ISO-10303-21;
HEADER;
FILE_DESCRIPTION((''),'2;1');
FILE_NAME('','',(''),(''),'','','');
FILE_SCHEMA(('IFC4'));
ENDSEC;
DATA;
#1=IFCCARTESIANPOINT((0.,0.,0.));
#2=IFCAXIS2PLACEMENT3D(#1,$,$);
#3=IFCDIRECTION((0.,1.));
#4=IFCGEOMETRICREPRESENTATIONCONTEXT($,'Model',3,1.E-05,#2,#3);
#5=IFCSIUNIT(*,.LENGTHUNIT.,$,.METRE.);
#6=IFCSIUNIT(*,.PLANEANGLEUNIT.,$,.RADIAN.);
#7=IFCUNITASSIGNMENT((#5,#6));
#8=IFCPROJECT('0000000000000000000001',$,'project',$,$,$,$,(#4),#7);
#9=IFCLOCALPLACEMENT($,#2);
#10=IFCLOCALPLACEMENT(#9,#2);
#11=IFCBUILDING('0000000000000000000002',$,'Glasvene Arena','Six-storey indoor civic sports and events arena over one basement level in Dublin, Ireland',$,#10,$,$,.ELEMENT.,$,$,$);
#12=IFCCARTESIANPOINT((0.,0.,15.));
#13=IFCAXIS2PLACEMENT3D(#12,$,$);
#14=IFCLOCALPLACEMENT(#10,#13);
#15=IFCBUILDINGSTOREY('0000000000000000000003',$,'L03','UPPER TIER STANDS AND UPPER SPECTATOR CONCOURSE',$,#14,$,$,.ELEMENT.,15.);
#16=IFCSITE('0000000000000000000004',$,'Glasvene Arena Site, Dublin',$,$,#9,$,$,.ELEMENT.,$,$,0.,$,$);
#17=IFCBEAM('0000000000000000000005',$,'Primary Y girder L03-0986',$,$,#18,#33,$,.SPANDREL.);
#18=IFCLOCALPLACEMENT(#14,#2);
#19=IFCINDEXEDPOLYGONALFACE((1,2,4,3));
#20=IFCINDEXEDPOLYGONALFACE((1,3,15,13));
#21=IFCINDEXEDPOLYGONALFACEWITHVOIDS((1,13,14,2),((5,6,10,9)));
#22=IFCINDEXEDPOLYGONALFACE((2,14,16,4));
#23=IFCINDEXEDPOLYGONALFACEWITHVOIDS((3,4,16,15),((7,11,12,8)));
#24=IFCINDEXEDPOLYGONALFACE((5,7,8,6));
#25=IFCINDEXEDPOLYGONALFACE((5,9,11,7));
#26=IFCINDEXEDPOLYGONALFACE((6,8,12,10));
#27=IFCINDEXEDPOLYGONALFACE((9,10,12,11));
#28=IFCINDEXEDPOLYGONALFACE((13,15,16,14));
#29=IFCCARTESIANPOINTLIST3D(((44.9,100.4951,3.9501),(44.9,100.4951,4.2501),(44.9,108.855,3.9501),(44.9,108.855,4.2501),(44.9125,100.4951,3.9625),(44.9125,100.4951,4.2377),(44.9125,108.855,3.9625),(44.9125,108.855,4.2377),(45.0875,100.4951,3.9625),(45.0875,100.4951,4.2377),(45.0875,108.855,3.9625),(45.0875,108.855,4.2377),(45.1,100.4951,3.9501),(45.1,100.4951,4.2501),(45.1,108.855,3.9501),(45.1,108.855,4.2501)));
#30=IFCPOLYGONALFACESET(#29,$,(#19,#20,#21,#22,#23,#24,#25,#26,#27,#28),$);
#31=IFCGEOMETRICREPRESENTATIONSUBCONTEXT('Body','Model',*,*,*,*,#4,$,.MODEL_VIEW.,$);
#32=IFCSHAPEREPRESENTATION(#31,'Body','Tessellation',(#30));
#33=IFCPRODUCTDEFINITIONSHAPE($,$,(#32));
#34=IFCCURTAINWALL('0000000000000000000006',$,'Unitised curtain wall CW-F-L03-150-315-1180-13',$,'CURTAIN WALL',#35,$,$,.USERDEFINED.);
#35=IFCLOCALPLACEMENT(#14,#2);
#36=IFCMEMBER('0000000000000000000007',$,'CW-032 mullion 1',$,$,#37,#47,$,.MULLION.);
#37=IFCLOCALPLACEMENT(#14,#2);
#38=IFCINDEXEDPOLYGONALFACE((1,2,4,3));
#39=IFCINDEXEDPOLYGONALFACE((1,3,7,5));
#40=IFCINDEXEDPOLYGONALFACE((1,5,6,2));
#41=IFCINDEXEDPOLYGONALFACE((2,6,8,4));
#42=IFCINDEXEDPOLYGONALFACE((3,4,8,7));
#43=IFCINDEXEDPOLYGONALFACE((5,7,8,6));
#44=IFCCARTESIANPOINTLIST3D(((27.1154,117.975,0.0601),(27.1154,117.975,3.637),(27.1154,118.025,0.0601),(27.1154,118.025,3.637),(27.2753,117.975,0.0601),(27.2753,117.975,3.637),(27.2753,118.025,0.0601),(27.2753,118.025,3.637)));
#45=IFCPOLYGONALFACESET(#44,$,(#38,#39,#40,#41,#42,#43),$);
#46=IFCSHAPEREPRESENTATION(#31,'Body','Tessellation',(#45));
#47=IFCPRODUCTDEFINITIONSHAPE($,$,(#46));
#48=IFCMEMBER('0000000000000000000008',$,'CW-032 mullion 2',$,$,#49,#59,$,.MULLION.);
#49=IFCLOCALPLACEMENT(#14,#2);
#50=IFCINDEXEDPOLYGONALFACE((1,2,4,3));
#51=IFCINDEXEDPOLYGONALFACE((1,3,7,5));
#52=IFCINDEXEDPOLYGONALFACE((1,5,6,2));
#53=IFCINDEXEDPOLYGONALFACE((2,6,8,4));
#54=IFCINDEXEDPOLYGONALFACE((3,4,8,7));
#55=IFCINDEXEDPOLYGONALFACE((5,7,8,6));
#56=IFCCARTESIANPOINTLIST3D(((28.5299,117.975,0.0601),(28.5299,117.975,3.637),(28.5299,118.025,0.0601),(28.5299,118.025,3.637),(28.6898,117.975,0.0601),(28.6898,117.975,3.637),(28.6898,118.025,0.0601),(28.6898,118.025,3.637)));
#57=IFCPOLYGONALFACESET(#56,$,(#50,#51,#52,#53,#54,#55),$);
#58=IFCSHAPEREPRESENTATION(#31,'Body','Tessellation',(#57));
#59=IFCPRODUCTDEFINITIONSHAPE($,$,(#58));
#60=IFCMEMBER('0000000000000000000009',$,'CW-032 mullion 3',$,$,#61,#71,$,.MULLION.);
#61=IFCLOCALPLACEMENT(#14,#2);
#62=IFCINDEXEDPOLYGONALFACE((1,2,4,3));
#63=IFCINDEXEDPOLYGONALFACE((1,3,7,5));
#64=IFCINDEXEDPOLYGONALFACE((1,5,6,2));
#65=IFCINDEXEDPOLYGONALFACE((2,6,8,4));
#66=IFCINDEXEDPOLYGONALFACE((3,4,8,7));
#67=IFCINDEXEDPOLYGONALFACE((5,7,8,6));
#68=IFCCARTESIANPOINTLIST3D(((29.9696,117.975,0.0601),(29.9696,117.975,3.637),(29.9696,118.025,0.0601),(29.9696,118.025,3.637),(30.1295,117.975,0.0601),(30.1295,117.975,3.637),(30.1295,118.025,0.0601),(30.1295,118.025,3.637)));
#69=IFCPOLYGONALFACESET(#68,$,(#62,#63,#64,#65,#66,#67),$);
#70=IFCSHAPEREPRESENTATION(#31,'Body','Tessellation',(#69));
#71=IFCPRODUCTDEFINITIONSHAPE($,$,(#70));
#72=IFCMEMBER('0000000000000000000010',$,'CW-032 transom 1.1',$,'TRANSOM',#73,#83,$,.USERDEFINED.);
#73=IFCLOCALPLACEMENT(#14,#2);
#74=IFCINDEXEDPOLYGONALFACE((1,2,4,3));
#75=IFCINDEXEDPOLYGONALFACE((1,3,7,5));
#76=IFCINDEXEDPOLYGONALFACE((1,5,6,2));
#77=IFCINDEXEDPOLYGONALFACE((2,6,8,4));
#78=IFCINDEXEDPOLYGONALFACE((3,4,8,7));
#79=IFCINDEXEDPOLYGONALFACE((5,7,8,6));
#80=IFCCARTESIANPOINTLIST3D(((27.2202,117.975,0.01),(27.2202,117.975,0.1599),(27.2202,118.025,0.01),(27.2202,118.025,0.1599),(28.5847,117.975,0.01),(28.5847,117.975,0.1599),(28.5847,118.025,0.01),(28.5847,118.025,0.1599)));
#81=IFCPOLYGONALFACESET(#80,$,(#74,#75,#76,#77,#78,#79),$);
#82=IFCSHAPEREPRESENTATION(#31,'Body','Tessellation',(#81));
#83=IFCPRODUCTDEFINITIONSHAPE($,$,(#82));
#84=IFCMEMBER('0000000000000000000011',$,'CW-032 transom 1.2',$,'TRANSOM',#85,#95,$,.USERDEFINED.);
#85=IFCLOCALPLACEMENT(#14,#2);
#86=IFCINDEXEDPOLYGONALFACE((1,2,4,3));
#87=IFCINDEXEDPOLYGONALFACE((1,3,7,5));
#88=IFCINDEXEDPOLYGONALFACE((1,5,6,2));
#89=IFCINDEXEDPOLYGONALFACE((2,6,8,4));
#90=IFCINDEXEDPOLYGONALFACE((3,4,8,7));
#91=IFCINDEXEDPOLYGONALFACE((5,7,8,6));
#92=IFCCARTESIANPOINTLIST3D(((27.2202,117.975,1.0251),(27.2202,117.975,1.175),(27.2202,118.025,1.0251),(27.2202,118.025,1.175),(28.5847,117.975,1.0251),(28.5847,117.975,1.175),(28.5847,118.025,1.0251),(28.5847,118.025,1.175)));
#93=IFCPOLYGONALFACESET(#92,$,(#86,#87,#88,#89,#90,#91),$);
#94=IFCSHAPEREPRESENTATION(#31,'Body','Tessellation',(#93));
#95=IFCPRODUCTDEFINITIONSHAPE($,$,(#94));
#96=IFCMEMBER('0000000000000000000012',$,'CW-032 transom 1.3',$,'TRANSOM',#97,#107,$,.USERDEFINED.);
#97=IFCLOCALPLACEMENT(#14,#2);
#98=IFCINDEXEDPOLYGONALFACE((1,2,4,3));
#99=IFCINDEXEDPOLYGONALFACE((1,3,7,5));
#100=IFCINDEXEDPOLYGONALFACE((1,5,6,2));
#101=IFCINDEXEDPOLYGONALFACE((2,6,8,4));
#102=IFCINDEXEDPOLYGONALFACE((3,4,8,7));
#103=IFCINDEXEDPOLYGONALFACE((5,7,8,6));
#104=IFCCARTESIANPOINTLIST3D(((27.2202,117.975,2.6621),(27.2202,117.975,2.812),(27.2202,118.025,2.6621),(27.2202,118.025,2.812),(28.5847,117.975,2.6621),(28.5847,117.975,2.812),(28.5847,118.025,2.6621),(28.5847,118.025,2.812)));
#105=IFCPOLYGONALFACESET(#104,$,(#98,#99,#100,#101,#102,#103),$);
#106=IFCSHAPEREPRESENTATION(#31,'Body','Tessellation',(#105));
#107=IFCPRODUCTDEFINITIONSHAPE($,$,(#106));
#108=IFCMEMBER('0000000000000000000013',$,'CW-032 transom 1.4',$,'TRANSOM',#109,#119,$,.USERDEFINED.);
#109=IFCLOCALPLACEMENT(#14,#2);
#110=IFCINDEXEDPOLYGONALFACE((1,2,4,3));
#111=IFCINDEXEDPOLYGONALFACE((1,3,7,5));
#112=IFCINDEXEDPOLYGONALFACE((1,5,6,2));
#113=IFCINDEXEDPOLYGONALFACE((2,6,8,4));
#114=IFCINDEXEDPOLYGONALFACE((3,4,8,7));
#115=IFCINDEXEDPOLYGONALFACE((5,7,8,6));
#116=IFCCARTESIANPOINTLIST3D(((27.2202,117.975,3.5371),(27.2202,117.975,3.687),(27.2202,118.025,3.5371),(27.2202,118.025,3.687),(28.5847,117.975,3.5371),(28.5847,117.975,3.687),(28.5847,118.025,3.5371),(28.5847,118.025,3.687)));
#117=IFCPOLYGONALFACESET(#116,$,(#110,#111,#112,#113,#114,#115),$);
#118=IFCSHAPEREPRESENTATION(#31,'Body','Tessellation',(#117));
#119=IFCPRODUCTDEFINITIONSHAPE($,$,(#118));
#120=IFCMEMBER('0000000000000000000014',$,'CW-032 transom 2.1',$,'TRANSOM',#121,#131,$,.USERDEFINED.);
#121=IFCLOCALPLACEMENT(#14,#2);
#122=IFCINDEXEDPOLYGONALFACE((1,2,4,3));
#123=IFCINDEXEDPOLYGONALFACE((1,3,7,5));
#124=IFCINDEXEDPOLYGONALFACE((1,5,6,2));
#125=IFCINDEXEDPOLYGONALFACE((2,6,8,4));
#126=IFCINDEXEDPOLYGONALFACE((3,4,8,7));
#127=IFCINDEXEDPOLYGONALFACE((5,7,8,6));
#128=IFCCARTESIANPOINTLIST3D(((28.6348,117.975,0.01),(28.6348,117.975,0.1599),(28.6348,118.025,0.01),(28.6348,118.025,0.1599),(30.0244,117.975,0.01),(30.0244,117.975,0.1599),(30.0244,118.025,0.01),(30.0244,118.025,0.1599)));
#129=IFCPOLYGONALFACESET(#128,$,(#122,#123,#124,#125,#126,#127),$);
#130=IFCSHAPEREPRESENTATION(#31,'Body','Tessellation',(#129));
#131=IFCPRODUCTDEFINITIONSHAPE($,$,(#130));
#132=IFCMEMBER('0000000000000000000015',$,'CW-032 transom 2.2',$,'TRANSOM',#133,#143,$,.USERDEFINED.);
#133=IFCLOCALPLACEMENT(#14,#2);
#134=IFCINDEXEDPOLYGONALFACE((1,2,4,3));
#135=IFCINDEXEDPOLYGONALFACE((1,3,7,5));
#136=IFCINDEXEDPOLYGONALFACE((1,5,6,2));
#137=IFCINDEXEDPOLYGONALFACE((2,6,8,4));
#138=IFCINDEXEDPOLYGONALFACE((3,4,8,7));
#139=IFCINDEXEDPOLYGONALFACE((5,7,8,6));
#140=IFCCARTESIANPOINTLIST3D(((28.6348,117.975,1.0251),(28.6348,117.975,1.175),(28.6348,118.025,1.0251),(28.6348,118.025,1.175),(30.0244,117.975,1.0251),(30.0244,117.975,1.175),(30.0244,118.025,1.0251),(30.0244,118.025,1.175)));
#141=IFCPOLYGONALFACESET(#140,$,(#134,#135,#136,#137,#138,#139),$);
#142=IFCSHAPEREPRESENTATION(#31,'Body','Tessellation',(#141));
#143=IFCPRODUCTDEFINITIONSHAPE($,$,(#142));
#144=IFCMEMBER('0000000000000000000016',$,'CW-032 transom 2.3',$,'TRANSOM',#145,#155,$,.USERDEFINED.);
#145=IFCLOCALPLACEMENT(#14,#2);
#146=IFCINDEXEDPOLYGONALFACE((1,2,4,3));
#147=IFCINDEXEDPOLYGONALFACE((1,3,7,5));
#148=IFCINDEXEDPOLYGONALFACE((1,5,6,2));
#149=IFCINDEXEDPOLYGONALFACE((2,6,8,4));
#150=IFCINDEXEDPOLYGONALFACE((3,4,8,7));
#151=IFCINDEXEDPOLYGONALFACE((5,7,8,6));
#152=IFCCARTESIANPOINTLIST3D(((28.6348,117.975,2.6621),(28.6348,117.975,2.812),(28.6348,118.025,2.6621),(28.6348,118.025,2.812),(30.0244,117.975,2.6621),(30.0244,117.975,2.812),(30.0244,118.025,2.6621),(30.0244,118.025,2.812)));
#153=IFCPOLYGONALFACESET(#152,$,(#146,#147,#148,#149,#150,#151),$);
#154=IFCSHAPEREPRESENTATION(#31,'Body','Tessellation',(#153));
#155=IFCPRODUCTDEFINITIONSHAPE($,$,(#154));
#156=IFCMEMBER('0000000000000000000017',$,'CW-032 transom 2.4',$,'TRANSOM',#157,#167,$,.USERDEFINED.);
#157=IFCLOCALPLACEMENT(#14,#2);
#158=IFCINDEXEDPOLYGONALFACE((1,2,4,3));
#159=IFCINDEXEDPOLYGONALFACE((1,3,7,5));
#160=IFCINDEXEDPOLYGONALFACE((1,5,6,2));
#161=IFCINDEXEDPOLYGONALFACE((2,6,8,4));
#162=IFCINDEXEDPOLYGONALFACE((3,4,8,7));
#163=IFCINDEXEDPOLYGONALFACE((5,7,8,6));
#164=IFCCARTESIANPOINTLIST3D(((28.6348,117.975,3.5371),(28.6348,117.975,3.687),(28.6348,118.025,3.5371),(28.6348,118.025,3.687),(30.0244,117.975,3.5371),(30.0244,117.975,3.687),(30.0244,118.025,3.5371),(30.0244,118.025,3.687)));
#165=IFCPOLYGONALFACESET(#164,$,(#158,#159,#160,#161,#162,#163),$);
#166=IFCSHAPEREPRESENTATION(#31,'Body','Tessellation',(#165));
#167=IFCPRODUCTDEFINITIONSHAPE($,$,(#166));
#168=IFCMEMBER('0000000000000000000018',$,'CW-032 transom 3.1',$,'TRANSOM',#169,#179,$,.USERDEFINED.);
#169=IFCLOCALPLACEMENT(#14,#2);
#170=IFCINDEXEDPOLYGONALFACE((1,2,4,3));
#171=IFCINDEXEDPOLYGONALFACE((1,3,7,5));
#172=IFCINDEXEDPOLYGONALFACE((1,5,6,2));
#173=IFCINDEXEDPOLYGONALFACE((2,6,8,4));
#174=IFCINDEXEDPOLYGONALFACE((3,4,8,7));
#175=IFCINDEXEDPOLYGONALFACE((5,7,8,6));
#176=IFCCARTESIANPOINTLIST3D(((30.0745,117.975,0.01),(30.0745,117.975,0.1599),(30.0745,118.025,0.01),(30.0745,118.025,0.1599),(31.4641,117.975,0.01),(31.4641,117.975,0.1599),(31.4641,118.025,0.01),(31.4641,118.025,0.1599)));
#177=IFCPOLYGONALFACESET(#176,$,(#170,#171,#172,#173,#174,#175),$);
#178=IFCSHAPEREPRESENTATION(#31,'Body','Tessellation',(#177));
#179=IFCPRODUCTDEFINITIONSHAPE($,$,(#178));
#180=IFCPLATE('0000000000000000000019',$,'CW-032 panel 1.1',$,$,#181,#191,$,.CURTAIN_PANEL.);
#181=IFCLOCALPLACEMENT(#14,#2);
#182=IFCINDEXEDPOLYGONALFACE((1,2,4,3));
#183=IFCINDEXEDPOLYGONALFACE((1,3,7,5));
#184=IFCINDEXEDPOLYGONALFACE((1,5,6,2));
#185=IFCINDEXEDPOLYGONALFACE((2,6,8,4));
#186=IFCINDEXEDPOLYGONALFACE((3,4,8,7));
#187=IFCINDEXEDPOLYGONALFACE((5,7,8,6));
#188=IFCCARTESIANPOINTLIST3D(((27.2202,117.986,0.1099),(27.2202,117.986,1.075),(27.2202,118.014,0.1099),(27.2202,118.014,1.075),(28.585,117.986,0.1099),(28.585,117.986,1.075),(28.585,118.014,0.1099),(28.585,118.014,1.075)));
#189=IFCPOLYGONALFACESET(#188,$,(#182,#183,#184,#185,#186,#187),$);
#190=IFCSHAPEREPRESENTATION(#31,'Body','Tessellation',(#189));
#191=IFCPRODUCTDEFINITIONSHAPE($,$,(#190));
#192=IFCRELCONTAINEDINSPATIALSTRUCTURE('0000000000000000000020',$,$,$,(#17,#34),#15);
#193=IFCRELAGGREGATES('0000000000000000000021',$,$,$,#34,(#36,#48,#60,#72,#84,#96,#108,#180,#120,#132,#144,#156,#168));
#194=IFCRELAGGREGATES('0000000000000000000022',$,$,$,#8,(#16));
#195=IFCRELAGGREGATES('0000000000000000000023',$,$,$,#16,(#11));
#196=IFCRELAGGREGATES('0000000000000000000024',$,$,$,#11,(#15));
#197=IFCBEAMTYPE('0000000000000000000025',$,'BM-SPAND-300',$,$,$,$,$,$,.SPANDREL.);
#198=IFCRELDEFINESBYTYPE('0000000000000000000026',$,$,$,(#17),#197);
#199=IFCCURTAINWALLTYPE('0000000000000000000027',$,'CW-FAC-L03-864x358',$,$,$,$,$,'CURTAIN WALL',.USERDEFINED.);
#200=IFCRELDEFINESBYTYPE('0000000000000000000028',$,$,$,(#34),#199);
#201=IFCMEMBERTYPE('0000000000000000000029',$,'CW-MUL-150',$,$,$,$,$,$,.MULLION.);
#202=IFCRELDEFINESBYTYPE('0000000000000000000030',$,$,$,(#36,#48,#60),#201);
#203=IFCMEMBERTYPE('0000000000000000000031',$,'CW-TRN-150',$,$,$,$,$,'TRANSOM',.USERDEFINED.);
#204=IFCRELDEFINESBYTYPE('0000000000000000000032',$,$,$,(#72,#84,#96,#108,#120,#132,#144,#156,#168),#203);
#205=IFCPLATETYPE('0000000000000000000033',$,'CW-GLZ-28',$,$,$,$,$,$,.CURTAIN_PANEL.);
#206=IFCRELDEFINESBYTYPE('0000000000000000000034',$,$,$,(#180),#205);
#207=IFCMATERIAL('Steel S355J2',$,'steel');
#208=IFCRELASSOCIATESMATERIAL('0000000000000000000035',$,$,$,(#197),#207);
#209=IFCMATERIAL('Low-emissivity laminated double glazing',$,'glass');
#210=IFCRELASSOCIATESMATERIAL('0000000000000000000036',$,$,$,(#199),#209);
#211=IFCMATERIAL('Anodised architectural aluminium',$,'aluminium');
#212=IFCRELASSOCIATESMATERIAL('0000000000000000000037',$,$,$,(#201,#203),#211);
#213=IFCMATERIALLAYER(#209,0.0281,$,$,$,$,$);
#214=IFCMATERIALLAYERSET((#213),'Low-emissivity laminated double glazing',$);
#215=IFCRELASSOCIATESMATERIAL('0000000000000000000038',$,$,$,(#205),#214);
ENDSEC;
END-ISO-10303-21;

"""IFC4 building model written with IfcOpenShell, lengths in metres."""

from ifc_helpers import new_model, si_unit, direction, frame, origin, origin_2d, place, context, subcontext, project, spatial, rectangle, hollow_rectangle, extrude, material, layer, layer_set, material_profile, profile_set, type_object, element, aggregate, save


model = new_model("IFC4")

# Units and contexts
model_context = context("Model", 3, precision=1e-05, world=origin(), true_north=direction((0.0, 1.0)))
body_context = subcontext(model_context, "Body", "Model", "MODEL_VIEW")
ifc_project = project(units=[si_unit("LENGTHUNIT", "METRE"), si_unit("PLANEANGLEUNIT", "RADIAN")], contexts=[model_context])

# Site, building, storey
site_placement = place(None, origin())
site = spatial("IfcSite", under=ifc_project, at=site_placement, Name="Glasvene Arena Site, Dublin", CompositionType="ELEMENT", RefElevation=0.0)
building_placement = place(site_placement, origin())
building = spatial("IfcBuilding", under=site, at=building_placement, Name="Glasvene Arena", Description="Six-storey indoor civic sports and events arena over one basement level in Dublin, Ireland", CompositionType="ELEMENT")
storey_placement = place(building_placement, frame((0.0, 0.0, 15.0)))
storey = spatial("IfcBuildingStorey", under=building, at=storey_placement, Name="L03", Description="UPPER TIER STANDS AND UPPER SPECTATOR CONCOURSE", CompositionType="ELEMENT", Elevation=15.0)

# Shared definitions
ifc_material_1 = material(Name="Steel S355J2", Category="steel")

# Beam
ifc_material_profile_1 = material_profile(ifc_material_1, hollow_rectangle(XDim=0.2, YDim=0.3, WallThickness=0.0125, at=origin_2d()), Name="RHS 300x200x12.5")
ifc_profile_set_1 = profile_set([ifc_material_profile_1], Name="Steel S355J2")
beam_type_1 = type_object("IfcBeamType", Name="BM-SPAND-300", PredefinedType="SPANDREL", material=ifc_profile_set_1)
beam_1_placement = place(storey_placement, frame((45.0, 100.4951, 4.1001), z_axis=(0.0, 1.0, 0.0), x_axis=(-1.0, 0.0, 0.0)))
element("IfcBeam", 1, at=beam_1_placement, inside=storey, type_object=beam_type_1, Name="Primary Y girder L03-0986", PredefinedType="SPANDREL", context=body_context, shape_type="SweptSolid", body=[
    extrude(hollow_rectangle(XDim=0.2, YDim=0.3, WallThickness=0.0125, at=origin_2d()), origin(), (0.0, 0.0, 1.0), 8.3599),
])

# Curtain wall, members, plate
ifc_material_2 = material(Name="Low-emissivity laminated double glazing", Category="glass")
curtain_wall_type = type_object("IfcCurtainWallType", Name="CW-FAC-L03-864x358", ElementType="CURTAIN WALL", PredefinedType="USERDEFINED", material=ifc_material_2)
curtain_wall_placement = place(storey_placement, frame((27.1702, 118.0, 0.0)))
curtain_wall = element("IfcCurtainWall", 2, at=curtain_wall_placement, inside=storey, type_object=curtain_wall_type, Name="Unitised curtain wall CW-F-L03-150-315-1180-13", ObjectType="CURTAIN WALL", PredefinedType="USERDEFINED")
ifc_material_3 = material(Name="Anodised architectural aluminium", Category="aluminium")
ifc_material_profile_2 = material_profile(ifc_material_3, rectangle(XDim=0.05, YDim=0.1599, at=origin_2d()), Name="ALU MULLION 50x160")
ifc_profile_set_2 = profile_set([ifc_material_profile_2], Name="Anodised architectural aluminium")
member_type_1 = type_object("IfcMemberType", Name="CW-MUL-150", PredefinedType="MULLION", material=ifc_profile_set_2)
member_1_placement = place(storey_placement, frame((27.1953, 118.0, 0.0601), z_axis=(0.0, 0.0, 1.0), x_axis=(0.0, 1.0, 0.0)))
member_1 = element("IfcMember", 3, at=member_1_placement, type_object=member_type_1, Name="CW-032 mullion 1", PredefinedType="MULLION", context=body_context, shape_type="SweptSolid", body=[
    extrude(rectangle(XDim=0.05, YDim=0.1599, at=origin_2d()), origin(), (0.0, 0.0, 1.0), 3.5769),
])
member_2_placement = place(storey_placement, frame((28.6099, 118.0, 0.0601), z_axis=(0.0, 0.0, 1.0), x_axis=(0.0, 1.0, 0.0)))
member_2 = element("IfcMember", 4, at=member_2_placement, type_object=member_type_1, Name="CW-032 mullion 2", PredefinedType="MULLION", context=body_context, shape_type="SweptSolid", body=[
    extrude(rectangle(XDim=0.05, YDim=0.1599, at=origin_2d()), origin(), (0.0, 0.0, 1.0), 3.5769),
])
member_3_placement = place(storey_placement, frame((30.0496, 118.0, 0.0601), z_axis=(0.0, 0.0, 1.0), x_axis=(0.0, 1.0, 0.0)))
member_3 = element("IfcMember", 5, at=member_3_placement, type_object=member_type_1, Name="CW-032 mullion 3", PredefinedType="MULLION", context=body_context, shape_type="SweptSolid", body=[
    extrude(rectangle(XDim=0.05, YDim=0.1599, at=origin_2d()), origin(), (0.0, 0.0, 1.0), 3.5769),
])
ifc_material_profile_3 = material_profile(ifc_material_3, rectangle(XDim=0.05, YDim=0.1499, at=origin_2d()), Name="ALU TRANSOM 50x150")
ifc_profile_set_3 = profile_set([ifc_material_profile_3], Name="Anodised architectural aluminium")
member_type_2 = type_object("IfcMemberType", Name="CW-TRN-150", ElementType="TRANSOM", PredefinedType="USERDEFINED", material=ifc_profile_set_3)
member_4_placement = place(storey_placement, frame((27.2202, 118.0, 0.085), z_axis=(1.0, 0.0, 0.0), x_axis=(0.0, 1.0, 0.0)))
member_4 = element("IfcMember", 6, at=member_4_placement, type_object=member_type_2, Name="CW-032 transom 1.1", ObjectType="TRANSOM", PredefinedType="USERDEFINED", context=body_context, shape_type="SweptSolid", body=[
    extrude(rectangle(XDim=0.05, YDim=0.1499, at=origin_2d()), origin(), (0.0, 0.0, 1.0), 1.3645),
])
member_5_placement = place(storey_placement, frame((27.2202, 118.0, 1.1001), z_axis=(1.0, 0.0, 0.0), x_axis=(0.0, 1.0, 0.0)))
member_5 = element("IfcMember", 7, at=member_5_placement, type_object=member_type_2, Name="CW-032 transom 1.2", ObjectType="TRANSOM", PredefinedType="USERDEFINED", context=body_context, shape_type="SweptSolid", body=[
    extrude(rectangle(XDim=0.05, YDim=0.1499, at=origin_2d()), origin(), (0.0, 0.0, 1.0), 1.3645),
])
member_6_placement = place(storey_placement, frame((27.2202, 118.0, 2.7371), z_axis=(1.0, 0.0, 0.0), x_axis=(0.0, 1.0, 0.0)))
member_6 = element("IfcMember", 8, at=member_6_placement, type_object=member_type_2, Name="CW-032 transom 1.3", ObjectType="TRANSOM", PredefinedType="USERDEFINED", context=body_context, shape_type="SweptSolid", body=[
    extrude(rectangle(XDim=0.05, YDim=0.1499, at=origin_2d()), origin(), (0.0, 0.0, 1.0), 1.3645),
])
member_7_placement = place(storey_placement, frame((27.2202, 118.0, 3.6121), z_axis=(1.0, 0.0, 0.0), x_axis=(0.0, 1.0, 0.0)))
member_7 = element("IfcMember", 9, at=member_7_placement, type_object=member_type_2, Name="CW-032 transom 1.4", ObjectType="TRANSOM", PredefinedType="USERDEFINED", context=body_context, shape_type="SweptSolid", body=[
    extrude(rectangle(XDim=0.05, YDim=0.1499, at=origin_2d()), origin(), (0.0, 0.0, 1.0), 1.3645),
])
member_8_placement = place(storey_placement, frame((28.6348, 118.0, 0.085), z_axis=(1.0, 0.0, 0.0), x_axis=(0.0, 1.0, 0.0)))
member_8 = element("IfcMember", 10, at=member_8_placement, type_object=member_type_2, Name="CW-032 transom 2.1", ObjectType="TRANSOM", PredefinedType="USERDEFINED", context=body_context, shape_type="SweptSolid", body=[
    extrude(rectangle(XDim=0.05, YDim=0.1499, at=origin_2d()), origin(), (0.0, 0.0, 1.0), 1.3896),
])
member_9_placement = place(storey_placement, frame((28.6348, 118.0, 1.1001), z_axis=(1.0, 0.0, 0.0), x_axis=(0.0, 1.0, 0.0)))
member_9 = element("IfcMember", 11, at=member_9_placement, type_object=member_type_2, Name="CW-032 transom 2.2", ObjectType="TRANSOM", PredefinedType="USERDEFINED", context=body_context, shape_type="SweptSolid", body=[
    extrude(rectangle(XDim=0.05, YDim=0.1499, at=origin_2d()), origin(), (0.0, 0.0, 1.0), 1.3896),
])
member_10_placement = place(storey_placement, frame((28.6348, 118.0, 2.7371), z_axis=(1.0, 0.0, 0.0), x_axis=(0.0, 1.0, 0.0)))
member_10 = element("IfcMember", 12, at=member_10_placement, type_object=member_type_2, Name="CW-032 transom 2.3", ObjectType="TRANSOM", PredefinedType="USERDEFINED", context=body_context, shape_type="SweptSolid", body=[
    extrude(rectangle(XDim=0.05, YDim=0.1499, at=origin_2d()), origin(), (0.0, 0.0, 1.0), 1.3896),
])
member_11_placement = place(storey_placement, frame((28.6348, 118.0, 3.6121), z_axis=(1.0, 0.0, 0.0), x_axis=(0.0, 1.0, 0.0)))
member_11 = element("IfcMember", 13, at=member_11_placement, type_object=member_type_2, Name="CW-032 transom 2.4", ObjectType="TRANSOM", PredefinedType="USERDEFINED", context=body_context, shape_type="SweptSolid", body=[
    extrude(rectangle(XDim=0.05, YDim=0.1499, at=origin_2d()), origin(), (0.0, 0.0, 1.0), 1.3896),
])
member_12_placement = place(storey_placement, frame((30.0745, 118.0, 0.085), z_axis=(1.0, 0.0, 0.0), x_axis=(0.0, 1.0, 0.0)))
member_12 = element("IfcMember", 14, at=member_12_placement, type_object=member_type_2, Name="CW-032 transom 3.1", ObjectType="TRANSOM", PredefinedType="USERDEFINED", context=body_context, shape_type="SweptSolid", body=[
    extrude(rectangle(XDim=0.05, YDim=0.1499, at=origin_2d()), origin(), (0.0, 0.0, 1.0), 1.3896),
])
ifc_layer_1 = layer(ifc_material_2, 0.0281)
ifc_layer_set_1 = layer_set([ifc_layer_1], Name="Low-emissivity laminated double glazing")
plate_type = type_object("IfcPlateType", Name="CW-GLZ-28", PredefinedType="CURTAIN_PANEL", material=ifc_layer_set_1)
plate_1_placement = place(storey_placement, frame((27.9026, 118.0, 0.1099), z_axis=(0.0, 0.0, 1.0), x_axis=(1.0, 0.0, 0.0)))
plate_1 = element("IfcPlate", 15, at=plate_1_placement, type_object=plate_type, Name="CW-032 panel 1.1", PredefinedType="CURTAIN_PANEL", context=body_context, shape_type="SweptSolid", body=[
    extrude(rectangle(XDim=1.3647, YDim=0.0281, at=origin_2d()), origin(), (0.0, 0.0, 1.0), 0.9651),
])
aggregate(curtain_wall, [member_1, member_2, member_3, member_4, member_5, member_6, member_7, plate_1, member_8, member_9, member_10, member_11, member_12])

save(model, "model.ifc")
